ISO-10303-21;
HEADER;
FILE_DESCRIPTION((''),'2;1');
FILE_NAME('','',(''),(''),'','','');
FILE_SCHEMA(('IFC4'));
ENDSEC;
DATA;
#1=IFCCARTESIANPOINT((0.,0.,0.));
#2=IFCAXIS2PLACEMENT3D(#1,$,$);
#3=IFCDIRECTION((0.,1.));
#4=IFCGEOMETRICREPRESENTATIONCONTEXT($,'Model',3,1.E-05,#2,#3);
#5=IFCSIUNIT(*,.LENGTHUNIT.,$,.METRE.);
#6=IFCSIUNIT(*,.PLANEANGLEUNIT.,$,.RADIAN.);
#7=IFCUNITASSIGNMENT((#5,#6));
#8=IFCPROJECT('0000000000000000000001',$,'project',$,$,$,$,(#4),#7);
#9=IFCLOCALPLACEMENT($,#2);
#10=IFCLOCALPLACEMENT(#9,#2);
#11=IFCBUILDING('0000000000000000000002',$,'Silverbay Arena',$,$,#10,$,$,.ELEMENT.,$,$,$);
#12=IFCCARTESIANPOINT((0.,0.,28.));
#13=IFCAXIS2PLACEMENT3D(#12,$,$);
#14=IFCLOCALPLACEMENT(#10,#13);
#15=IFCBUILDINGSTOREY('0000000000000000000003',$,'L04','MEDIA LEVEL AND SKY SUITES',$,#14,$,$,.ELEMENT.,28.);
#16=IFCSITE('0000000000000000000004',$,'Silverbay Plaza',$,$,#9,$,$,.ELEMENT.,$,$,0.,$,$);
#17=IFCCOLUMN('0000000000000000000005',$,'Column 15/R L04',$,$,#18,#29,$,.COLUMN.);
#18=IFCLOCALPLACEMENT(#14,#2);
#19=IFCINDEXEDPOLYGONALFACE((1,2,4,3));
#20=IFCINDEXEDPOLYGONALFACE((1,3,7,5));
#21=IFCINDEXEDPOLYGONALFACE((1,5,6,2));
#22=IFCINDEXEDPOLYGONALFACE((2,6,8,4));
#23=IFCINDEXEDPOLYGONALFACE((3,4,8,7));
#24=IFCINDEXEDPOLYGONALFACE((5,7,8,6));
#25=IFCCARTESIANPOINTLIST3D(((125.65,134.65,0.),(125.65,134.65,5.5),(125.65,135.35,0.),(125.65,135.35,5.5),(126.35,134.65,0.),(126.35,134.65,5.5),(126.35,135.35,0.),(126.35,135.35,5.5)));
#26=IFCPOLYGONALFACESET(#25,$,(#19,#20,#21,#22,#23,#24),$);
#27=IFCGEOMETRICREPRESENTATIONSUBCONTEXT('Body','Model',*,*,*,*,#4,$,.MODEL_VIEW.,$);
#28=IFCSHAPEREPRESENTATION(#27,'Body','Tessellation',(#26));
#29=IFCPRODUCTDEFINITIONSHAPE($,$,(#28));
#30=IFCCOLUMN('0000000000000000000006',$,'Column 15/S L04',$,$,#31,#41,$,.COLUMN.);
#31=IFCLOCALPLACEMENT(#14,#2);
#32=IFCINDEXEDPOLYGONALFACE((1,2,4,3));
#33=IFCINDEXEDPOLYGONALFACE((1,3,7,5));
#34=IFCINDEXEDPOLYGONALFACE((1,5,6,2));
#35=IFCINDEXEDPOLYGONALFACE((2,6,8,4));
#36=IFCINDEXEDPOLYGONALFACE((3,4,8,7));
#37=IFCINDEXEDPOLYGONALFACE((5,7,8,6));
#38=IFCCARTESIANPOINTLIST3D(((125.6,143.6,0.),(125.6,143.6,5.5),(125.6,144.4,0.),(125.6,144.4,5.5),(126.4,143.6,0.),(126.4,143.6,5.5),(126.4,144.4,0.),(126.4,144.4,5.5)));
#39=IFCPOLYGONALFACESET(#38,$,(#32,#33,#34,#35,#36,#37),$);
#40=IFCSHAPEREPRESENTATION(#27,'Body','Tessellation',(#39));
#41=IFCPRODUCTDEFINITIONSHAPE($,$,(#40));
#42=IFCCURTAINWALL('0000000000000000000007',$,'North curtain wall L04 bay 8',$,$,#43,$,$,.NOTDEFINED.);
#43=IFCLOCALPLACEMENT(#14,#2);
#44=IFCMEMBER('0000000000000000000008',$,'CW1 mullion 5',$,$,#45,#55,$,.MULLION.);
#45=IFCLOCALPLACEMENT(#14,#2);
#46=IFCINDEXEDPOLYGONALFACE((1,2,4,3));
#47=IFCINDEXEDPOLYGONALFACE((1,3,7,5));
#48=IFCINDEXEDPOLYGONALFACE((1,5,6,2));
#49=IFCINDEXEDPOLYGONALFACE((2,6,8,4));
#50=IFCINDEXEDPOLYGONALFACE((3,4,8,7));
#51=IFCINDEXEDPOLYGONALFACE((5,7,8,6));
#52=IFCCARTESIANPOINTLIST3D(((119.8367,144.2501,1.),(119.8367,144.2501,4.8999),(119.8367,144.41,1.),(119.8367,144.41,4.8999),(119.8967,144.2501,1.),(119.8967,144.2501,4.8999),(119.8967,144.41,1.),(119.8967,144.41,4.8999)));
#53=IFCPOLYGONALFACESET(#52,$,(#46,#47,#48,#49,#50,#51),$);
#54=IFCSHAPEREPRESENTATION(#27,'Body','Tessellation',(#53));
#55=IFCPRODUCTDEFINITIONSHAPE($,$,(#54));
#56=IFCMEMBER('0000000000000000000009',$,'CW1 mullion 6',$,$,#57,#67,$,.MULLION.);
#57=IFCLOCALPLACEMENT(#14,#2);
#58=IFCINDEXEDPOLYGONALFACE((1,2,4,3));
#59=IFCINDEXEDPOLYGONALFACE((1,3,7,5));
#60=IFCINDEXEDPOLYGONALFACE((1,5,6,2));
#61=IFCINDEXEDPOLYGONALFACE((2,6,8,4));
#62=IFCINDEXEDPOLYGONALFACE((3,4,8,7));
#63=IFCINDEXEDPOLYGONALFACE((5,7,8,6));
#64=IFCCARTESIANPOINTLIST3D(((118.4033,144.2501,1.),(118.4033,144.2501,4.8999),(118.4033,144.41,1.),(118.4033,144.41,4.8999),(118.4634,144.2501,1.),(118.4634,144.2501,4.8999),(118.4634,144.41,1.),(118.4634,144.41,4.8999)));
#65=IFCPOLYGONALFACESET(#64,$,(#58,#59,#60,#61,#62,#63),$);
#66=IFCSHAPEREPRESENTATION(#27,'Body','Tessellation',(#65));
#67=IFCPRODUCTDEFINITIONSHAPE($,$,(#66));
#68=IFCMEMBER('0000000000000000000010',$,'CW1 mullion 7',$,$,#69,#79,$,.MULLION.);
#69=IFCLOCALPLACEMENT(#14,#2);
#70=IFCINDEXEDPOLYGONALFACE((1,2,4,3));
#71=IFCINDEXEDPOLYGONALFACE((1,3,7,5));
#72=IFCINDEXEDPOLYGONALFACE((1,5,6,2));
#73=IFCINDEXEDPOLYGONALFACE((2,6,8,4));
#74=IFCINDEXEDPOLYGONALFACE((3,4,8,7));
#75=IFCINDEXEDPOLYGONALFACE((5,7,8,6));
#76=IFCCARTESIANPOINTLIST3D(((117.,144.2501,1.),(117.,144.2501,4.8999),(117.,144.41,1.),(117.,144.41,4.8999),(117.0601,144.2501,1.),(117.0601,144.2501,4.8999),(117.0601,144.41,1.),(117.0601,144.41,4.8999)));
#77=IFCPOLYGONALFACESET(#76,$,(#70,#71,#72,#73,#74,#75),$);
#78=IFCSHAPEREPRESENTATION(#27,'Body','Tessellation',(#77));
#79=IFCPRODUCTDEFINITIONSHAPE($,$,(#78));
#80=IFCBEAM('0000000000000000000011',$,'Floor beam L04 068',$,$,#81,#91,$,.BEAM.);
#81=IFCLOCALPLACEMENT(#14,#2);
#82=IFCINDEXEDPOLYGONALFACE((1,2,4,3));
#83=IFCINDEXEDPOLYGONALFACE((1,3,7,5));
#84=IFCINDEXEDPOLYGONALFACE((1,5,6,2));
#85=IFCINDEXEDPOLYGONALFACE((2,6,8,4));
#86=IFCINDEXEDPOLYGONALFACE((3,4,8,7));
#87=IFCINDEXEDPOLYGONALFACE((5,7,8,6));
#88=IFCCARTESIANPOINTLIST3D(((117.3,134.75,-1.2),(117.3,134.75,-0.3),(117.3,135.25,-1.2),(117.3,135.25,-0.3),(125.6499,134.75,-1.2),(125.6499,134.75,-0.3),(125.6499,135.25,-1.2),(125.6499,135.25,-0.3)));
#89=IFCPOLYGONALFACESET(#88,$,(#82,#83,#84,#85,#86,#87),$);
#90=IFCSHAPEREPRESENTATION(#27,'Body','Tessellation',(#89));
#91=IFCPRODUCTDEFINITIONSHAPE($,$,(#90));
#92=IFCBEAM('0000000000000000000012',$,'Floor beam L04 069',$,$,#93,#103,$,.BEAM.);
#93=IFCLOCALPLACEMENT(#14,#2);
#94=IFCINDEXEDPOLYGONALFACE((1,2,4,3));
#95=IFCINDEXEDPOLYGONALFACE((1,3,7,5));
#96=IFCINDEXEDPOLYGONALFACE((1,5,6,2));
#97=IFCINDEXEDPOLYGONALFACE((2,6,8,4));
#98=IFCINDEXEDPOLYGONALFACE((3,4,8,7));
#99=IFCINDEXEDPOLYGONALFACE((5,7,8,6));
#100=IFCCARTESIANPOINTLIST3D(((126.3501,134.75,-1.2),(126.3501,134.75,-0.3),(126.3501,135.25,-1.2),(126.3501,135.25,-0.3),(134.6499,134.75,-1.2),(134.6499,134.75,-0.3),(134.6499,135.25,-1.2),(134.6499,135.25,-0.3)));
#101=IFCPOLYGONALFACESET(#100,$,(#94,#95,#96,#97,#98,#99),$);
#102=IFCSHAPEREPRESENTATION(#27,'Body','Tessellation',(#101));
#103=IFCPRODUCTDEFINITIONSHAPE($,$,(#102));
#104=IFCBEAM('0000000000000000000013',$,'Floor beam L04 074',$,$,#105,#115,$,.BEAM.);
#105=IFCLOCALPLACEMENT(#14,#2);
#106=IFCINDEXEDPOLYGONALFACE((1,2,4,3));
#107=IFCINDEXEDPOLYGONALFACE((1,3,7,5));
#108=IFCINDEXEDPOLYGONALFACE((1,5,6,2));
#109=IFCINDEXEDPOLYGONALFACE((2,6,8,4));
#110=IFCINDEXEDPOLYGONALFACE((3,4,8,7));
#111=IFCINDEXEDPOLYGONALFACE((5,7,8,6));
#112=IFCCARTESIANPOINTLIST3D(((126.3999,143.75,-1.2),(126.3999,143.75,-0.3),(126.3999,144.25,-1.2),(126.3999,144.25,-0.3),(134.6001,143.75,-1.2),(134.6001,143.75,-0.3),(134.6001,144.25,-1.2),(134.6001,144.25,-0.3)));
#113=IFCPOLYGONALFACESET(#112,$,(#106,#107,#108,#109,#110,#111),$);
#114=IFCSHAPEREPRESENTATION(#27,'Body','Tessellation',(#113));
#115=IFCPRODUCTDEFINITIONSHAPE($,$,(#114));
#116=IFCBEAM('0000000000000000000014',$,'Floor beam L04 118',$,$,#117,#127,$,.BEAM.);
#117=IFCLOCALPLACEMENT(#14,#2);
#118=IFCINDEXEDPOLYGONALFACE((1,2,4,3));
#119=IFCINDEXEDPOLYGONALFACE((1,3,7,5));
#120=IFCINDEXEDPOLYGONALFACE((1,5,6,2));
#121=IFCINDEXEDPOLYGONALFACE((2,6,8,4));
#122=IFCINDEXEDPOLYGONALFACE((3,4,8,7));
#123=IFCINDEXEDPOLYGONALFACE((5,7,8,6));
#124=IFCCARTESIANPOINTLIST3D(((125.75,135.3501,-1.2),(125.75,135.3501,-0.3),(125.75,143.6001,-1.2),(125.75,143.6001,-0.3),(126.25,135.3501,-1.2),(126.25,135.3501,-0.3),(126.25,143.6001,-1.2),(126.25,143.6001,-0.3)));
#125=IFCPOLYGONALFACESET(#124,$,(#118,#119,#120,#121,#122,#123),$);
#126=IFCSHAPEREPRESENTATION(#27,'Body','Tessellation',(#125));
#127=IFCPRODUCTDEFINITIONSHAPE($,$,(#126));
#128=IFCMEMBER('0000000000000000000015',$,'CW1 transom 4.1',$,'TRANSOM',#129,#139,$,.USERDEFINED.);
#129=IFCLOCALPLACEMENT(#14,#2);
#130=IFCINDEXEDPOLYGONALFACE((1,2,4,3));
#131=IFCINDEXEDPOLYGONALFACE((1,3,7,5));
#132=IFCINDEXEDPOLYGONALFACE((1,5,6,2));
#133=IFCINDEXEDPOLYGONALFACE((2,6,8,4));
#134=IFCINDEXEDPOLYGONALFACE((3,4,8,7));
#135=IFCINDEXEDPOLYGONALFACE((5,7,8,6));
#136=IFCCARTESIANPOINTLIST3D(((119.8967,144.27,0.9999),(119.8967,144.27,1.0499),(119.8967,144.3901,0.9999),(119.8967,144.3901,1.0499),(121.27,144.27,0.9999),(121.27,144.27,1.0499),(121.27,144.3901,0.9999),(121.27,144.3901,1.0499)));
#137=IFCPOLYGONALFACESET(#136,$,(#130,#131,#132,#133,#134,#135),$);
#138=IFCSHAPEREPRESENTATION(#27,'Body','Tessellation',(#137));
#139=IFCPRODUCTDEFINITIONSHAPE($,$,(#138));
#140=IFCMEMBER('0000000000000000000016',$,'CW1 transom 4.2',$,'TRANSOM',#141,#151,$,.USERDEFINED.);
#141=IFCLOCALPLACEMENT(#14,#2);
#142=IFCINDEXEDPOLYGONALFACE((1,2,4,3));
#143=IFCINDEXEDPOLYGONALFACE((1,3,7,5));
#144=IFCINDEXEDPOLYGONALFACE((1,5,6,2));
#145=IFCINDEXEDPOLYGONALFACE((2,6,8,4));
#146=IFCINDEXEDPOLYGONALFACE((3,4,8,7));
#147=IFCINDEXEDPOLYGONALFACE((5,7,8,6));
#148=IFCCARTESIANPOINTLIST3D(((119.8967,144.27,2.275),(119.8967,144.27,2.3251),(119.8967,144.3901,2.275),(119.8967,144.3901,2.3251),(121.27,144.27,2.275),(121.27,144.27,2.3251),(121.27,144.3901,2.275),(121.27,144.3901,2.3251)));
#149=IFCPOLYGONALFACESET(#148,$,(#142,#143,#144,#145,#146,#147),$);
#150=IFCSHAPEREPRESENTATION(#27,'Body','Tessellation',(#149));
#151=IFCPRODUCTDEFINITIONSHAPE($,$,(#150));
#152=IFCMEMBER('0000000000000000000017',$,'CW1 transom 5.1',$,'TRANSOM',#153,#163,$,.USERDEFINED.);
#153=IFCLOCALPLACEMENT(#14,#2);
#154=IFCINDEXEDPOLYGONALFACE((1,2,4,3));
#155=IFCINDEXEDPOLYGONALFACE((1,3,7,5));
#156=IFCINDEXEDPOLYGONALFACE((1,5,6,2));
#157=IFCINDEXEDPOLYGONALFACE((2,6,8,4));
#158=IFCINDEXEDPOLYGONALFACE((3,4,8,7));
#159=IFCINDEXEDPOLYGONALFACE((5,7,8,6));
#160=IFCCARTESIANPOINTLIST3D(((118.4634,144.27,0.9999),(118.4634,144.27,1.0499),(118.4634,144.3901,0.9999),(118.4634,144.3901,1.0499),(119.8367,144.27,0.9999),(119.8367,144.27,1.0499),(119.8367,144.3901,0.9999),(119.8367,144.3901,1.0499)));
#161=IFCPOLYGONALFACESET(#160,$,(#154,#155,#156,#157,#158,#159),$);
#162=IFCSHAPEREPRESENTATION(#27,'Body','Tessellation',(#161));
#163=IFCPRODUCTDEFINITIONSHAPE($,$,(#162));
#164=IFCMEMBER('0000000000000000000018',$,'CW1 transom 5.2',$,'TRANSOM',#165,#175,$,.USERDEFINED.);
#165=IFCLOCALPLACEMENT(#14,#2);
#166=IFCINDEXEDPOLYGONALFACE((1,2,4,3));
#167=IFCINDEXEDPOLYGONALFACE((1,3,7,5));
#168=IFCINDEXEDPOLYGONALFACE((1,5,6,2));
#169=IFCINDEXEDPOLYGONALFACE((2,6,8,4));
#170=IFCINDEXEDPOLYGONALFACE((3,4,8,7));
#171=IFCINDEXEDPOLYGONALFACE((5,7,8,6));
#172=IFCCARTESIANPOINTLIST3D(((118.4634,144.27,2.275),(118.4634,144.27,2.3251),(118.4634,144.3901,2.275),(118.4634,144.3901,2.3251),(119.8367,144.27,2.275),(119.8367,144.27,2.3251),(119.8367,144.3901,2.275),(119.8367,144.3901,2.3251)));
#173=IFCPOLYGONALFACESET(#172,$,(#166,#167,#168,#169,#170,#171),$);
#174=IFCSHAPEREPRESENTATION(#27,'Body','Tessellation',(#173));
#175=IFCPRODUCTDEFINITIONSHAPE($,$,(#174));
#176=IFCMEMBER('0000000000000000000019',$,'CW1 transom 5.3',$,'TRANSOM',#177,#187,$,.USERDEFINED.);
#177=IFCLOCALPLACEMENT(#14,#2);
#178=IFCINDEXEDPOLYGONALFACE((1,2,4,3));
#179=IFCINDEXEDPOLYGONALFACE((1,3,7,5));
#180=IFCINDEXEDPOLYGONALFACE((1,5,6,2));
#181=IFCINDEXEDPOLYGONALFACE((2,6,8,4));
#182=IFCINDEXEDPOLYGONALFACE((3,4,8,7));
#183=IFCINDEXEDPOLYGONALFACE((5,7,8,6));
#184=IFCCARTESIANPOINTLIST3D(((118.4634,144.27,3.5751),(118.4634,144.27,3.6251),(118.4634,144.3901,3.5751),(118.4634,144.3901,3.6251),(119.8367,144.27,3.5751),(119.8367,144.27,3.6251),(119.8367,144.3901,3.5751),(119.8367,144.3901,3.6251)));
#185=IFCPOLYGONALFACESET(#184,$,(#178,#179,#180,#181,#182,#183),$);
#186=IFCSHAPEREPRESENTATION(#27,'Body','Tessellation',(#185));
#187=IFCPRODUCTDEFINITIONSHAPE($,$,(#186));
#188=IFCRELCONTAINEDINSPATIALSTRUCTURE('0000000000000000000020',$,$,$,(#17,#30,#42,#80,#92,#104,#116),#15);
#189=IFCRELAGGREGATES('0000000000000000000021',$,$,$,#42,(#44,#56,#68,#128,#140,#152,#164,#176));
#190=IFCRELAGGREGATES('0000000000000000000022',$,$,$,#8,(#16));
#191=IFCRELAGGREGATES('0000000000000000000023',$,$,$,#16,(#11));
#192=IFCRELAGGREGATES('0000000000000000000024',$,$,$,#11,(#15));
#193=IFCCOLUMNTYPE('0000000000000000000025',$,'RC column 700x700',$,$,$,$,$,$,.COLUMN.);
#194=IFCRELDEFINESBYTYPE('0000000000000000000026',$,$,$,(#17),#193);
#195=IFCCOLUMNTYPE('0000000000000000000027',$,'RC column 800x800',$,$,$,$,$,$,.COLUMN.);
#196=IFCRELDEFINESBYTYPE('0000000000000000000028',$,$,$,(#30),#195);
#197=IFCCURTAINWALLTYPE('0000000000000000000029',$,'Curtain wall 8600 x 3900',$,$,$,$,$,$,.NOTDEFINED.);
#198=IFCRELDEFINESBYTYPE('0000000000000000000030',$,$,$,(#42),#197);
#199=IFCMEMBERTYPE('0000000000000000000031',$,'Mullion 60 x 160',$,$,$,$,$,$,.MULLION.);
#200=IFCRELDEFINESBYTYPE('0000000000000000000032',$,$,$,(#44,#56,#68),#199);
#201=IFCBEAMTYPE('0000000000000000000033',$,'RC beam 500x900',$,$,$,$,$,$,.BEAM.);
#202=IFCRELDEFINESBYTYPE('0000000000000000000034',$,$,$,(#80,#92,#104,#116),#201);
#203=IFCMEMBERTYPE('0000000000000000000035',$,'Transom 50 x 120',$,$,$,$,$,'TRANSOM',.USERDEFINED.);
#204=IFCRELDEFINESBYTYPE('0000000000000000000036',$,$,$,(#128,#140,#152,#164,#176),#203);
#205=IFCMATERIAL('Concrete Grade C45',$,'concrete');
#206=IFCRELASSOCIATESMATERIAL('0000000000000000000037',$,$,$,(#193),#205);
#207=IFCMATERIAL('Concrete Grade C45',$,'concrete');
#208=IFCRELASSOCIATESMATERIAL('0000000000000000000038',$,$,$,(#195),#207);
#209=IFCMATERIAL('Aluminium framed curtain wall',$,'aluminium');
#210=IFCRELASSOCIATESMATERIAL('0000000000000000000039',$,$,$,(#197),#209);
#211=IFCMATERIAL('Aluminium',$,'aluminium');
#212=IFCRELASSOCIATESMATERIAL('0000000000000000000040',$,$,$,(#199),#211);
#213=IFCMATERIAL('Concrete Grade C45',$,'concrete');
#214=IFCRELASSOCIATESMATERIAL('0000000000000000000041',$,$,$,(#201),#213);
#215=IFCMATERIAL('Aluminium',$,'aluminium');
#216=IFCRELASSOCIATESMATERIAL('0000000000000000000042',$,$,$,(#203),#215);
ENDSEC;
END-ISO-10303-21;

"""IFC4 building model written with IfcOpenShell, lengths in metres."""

from ifc_helpers import new_model, si_unit, direction, frame, origin, origin_2d, place, context, subcontext, project, spatial, rectangle, extrude, material, material_profile, profile_set, type_object, element, aggregate, save


model = new_model("IFC4")

# Units and contexts
model_context = context("Model", 3, precision=1e-05, world=origin(), true_north=direction((0.0, 1.0)))
body_context = subcontext(model_context, "Body", "Model", "MODEL_VIEW")
ifc_project = project(units=[si_unit("LENGTHUNIT", "METRE"), si_unit("PLANEANGLEUNIT", "RADIAN")], contexts=[model_context])

# Site, building, storey
site_placement = place(None, origin())
site = spatial("IfcSite", under=ifc_project, at=site_placement, Name="Silverbay Plaza", CompositionType="ELEMENT", RefElevation=0.0)
building_placement = place(site_placement, origin())
building = spatial("IfcBuilding", under=site, at=building_placement, Name="Silverbay Arena", CompositionType="ELEMENT")
storey_placement = place(building_placement, frame((0.0, 0.0, 28.0)))
storey = spatial("IfcBuildingStorey", under=building, at=storey_placement, Name="L04", Description="MEDIA LEVEL AND SKY SUITES", CompositionType="ELEMENT", Elevation=28.0)

# Columns
ifc_material_1 = material(Name="Concrete Grade C45", Category="concrete")
ifc_material_profile_1 = material_profile(ifc_material_1, rectangle(XDim=0.7, YDim=0.7, at=origin_2d()), Name="RC 700x700")
ifc_profile_set_1 = profile_set([ifc_material_profile_1], Name="Concrete Grade C45")
column_type_1 = type_object("IfcColumnType", Name="RC column 700x700", PredefinedType="COLUMN", material=ifc_profile_set_1)
column_1_placement = place(storey_placement, frame((126.0, 135.0, 0.0), z_axis=(0.0, 0.0, 1.0), x_axis=(1.0, 0.0, 0.0)))
element("IfcColumn", 1, at=column_1_placement, inside=storey, type_object=column_type_1, Name="Column 15/R L04", PredefinedType="COLUMN", context=body_context, shape_type="SweptSolid", body=[
    extrude(rectangle(XDim=0.7, YDim=0.7, at=origin_2d()), origin(), (0.0, 0.0, 1.0), 5.5),
])
ifc_material_2 = material(Name="Concrete Grade C45", Category="concrete")
ifc_material_profile_2 = material_profile(ifc_material_2, rectangle(XDim=0.8, YDim=0.8, at=origin_2d()), Name="RC 800x800")
ifc_profile_set_2 = profile_set([ifc_material_profile_2], Name="Concrete Grade C45")
column_type_2 = type_object("IfcColumnType", Name="RC column 800x800", PredefinedType="COLUMN", material=ifc_profile_set_2)
column_2_placement = place(storey_placement, frame((126.0, 144.0, 0.0), z_axis=(0.0, 0.0, 1.0), x_axis=(1.0, 0.0, 0.0)))
element("IfcColumn", 2, at=column_2_placement, inside=storey, type_object=column_type_2, Name="Column 15/S L04", PredefinedType="COLUMN", context=body_context, shape_type="SweptSolid", body=[
    extrude(rectangle(XDim=0.8, YDim=0.8, at=origin_2d()), origin(), (0.0, 0.0, 1.0), 5.5),
])

# Curtain wall, members
ifc_material_3 = material(Name="Aluminium framed curtain wall", Category="aluminium")
curtain_wall_type = type_object("IfcCurtainWallType", Name="Curtain wall 8600 x 3900", PredefinedType="NOTDEFINED", material=ifc_material_3)
curtain_wall_placement = place(storey_placement, origin())
curtain_wall = element("IfcCurtainWall", 3, at=curtain_wall_placement, inside=storey, type_object=curtain_wall_type, Name="North curtain wall L04 bay 8", PredefinedType="NOTDEFINED")
ifc_material_4 = material(Name="Aluminium", Category="aluminium")
ifc_material_profile_3 = material_profile(ifc_material_4, rectangle(XDim=0.1599, YDim=0.0601, at=origin_2d()), Name="Mullion 60 x 160")
ifc_profile_set_3 = profile_set([ifc_material_profile_3], Name="Aluminium")
member_type_1 = type_object("IfcMemberType", Name="Mullion 60 x 160", PredefinedType="MULLION", material=ifc_profile_set_3)
member_1_placement = place(storey_placement, frame((119.8667, 144.3301, 1.0), z_axis=(0.0, 0.0, 1.0), x_axis=(0.0, -1.0, 0.0)))
member_1 = element("IfcMember", 4, at=member_1_placement, type_object=member_type_1, Name="CW1 mullion 5", PredefinedType="MULLION", context=body_context, shape_type="SweptSolid", body=[
    extrude(rectangle(XDim=0.1599, YDim=0.0601, at=origin_2d()), origin(), (0.0, 0.0, 1.0), 3.8999),
])
member_2_placement = place(storey_placement, frame((118.4333, 144.3301, 1.0), z_axis=(0.0, 0.0, 1.0), x_axis=(0.0, -1.0, 0.0)))
member_2 = element("IfcMember", 5, at=member_2_placement, type_object=member_type_1, Name="CW1 mullion 6", PredefinedType="MULLION", context=body_context, shape_type="SweptSolid", body=[
    extrude(rectangle(XDim=0.1599, YDim=0.0601, at=origin_2d()), origin(), (0.0, 0.0, 1.0), 3.8999),
])
member_3_placement = place(storey_placement, frame((117.03, 144.3301, 1.0), z_axis=(0.0, 0.0, 1.0), x_axis=(0.0, -1.0, 0.0)))
member_3 = element("IfcMember", 6, at=member_3_placement, type_object=member_type_1, Name="CW1 mullion 7", PredefinedType="MULLION", context=body_context, shape_type="SweptSolid", body=[
    extrude(rectangle(XDim=0.1599, YDim=0.0601, at=origin_2d()), origin(), (0.0, 0.0, 1.0), 3.8999),
])

# Beams
ifc_material_5 = material(Name="Concrete Grade C45", Category="concrete")
ifc_material_profile_4 = material_profile(ifc_material_5, rectangle(XDim=0.5, YDim=0.8999, at=origin_2d()), Name="RC 500x900")
ifc_profile_set_4 = profile_set([ifc_material_profile_4], Name="Concrete Grade C45")
beam_type = type_object("IfcBeamType", Name="RC beam 500x900", PredefinedType="BEAM", material=ifc_profile_set_4)
beam_1_placement = place(storey_placement, frame((117.3, 135.0, -0.75), z_axis=(1.0, 0.0, 0.0), x_axis=(0.0, 1.0, 0.0)))
element("IfcBeam", 7, at=beam_1_placement, inside=storey, type_object=beam_type, Name="Floor beam L04 068", PredefinedType="BEAM", context=body_context, shape_type="SweptSolid", body=[
    extrude(rectangle(XDim=0.5, YDim=0.8999, at=origin_2d()), origin(), (0.0, 0.0, 1.0), 8.3499),
])
beam_2_placement = place(storey_placement, frame((126.3501, 135.0, -0.75), z_axis=(1.0, 0.0, 0.0), x_axis=(0.0, 1.0, 0.0)))
element("IfcBeam", 8, at=beam_2_placement, inside=storey, type_object=beam_type, Name="Floor beam L04 069", PredefinedType="BEAM", context=body_context, shape_type="SweptSolid", body=[
    extrude(rectangle(XDim=0.5, YDim=0.8999, at=origin_2d()), origin(), (0.0, 0.0, 1.0), 8.2998),
])
beam_3_placement = place(storey_placement, frame((126.3999, 144.0, -0.75), z_axis=(1.0, 0.0, 0.0), x_axis=(0.0, 1.0, 0.0)))
element("IfcBeam", 9, at=beam_3_placement, inside=storey, type_object=beam_type, Name="Floor beam L04 074", PredefinedType="BEAM", context=body_context, shape_type="SweptSolid", body=[
    extrude(rectangle(XDim=0.5, YDim=0.8999, at=origin_2d()), origin(), (0.0, 0.0, 1.0), 8.2002),
])
beam_4_placement = place(storey_placement, frame((126.0, 135.3501, -0.75), z_axis=(0.0, 1.0, 0.0), x_axis=(-1.0, 0.0, 0.0)))
element("IfcBeam", 10, at=beam_4_placement, inside=storey, type_object=beam_type, Name="Floor beam L04 118", PredefinedType="BEAM", context=body_context, shape_type="SweptSolid", body=[
    extrude(rectangle(XDim=0.5, YDim=0.8999, at=origin_2d()), origin(), (0.0, 0.0, 1.0), 8.25),
])

# Members
ifc_material_6 = material(Name="Aluminium", Category="aluminium")
ifc_material_profile_5 = material_profile(ifc_material_6, rectangle(XDim=0.1201, YDim=0.05, at=origin_2d()), Name="Transom 50 x 120")
ifc_profile_set_5 = profile_set([ifc_material_profile_5], Name="Aluminium")
member_type_2 = type_object("IfcMemberType", Name="Transom 50 x 120", ElementType="TRANSOM", PredefinedType="USERDEFINED", material=ifc_profile_set_5)
member_4_placement = place(storey_placement, frame((121.27, 144.3301, 1.0249), z_axis=(-1.0, 0.0, 0.0), x_axis=(0.0, -1.0, 0.0)))
member_4 = element("IfcMember", 11, at=member_4_placement, type_object=member_type_2, Name="CW1 transom 4.1", ObjectType="TRANSOM", PredefinedType="USERDEFINED", context=body_context, shape_type="SweptSolid", body=[
    extrude(rectangle(XDim=0.1201, YDim=0.05, at=origin_2d()), origin(), (0.0, 0.0, 1.0), 1.3733),
])
member_5_placement = place(storey_placement, frame((121.27, 144.3301, 2.3), z_axis=(-1.0, 0.0, 0.0), x_axis=(0.0, -1.0, 0.0)))
member_5 = element("IfcMember", 12, at=member_5_placement, type_object=member_type_2, Name="CW1 transom 4.2", ObjectType="TRANSOM", PredefinedType="USERDEFINED", context=body_context, shape_type="SweptSolid", body=[
    extrude(rectangle(XDim=0.1201, YDim=0.05, at=origin_2d()), origin(), (0.0, 0.0, 1.0), 1.3733),
])
member_6_placement = place(storey_placement, frame((119.8367, 144.3301, 1.0249), z_axis=(-1.0, 0.0, 0.0), x_axis=(0.0, -1.0, 0.0)))
member_6 = element("IfcMember", 13, at=member_6_placement, type_object=member_type_2, Name="CW1 transom 5.1", ObjectType="TRANSOM", PredefinedType="USERDEFINED", context=body_context, shape_type="SweptSolid", body=[
    extrude(rectangle(XDim=0.1201, YDim=0.05, at=origin_2d()), origin(), (0.0, 0.0, 1.0), 1.3733),
])
member_7_placement = place(storey_placement, frame((119.8367, 144.3301, 2.3), z_axis=(-1.0, 0.0, 0.0), x_axis=(0.0, -1.0, 0.0)))
member_7 = element("IfcMember", 14, at=member_7_placement, type_object=member_type_2, Name="CW1 transom 5.2", ObjectType="TRANSOM", PredefinedType="USERDEFINED", context=body_context, shape_type="SweptSolid", body=[
    extrude(rectangle(XDim=0.1201, YDim=0.05, at=origin_2d()), origin(), (0.0, 0.0, 1.0), 1.3733),
])
member_8_placement = place(storey_placement, frame((119.8367, 144.3301, 3.6001), z_axis=(-1.0, 0.0, 0.0), x_axis=(0.0, -1.0, 0.0)))
member_8 = element("IfcMember", 15, at=member_8_placement, type_object=member_type_2, Name="CW1 transom 5.3", ObjectType="TRANSOM", PredefinedType="USERDEFINED", context=body_context, shape_type="SweptSolid", body=[
    extrude(rectangle(XDim=0.1201, YDim=0.05, at=origin_2d()), origin(), (0.0, 0.0, 1.0), 1.3733),
])

aggregate(curtain_wall, [member_1, member_2, member_3, member_4, member_5, member_6, member_7, member_8])

save(model, "model.ifc")
